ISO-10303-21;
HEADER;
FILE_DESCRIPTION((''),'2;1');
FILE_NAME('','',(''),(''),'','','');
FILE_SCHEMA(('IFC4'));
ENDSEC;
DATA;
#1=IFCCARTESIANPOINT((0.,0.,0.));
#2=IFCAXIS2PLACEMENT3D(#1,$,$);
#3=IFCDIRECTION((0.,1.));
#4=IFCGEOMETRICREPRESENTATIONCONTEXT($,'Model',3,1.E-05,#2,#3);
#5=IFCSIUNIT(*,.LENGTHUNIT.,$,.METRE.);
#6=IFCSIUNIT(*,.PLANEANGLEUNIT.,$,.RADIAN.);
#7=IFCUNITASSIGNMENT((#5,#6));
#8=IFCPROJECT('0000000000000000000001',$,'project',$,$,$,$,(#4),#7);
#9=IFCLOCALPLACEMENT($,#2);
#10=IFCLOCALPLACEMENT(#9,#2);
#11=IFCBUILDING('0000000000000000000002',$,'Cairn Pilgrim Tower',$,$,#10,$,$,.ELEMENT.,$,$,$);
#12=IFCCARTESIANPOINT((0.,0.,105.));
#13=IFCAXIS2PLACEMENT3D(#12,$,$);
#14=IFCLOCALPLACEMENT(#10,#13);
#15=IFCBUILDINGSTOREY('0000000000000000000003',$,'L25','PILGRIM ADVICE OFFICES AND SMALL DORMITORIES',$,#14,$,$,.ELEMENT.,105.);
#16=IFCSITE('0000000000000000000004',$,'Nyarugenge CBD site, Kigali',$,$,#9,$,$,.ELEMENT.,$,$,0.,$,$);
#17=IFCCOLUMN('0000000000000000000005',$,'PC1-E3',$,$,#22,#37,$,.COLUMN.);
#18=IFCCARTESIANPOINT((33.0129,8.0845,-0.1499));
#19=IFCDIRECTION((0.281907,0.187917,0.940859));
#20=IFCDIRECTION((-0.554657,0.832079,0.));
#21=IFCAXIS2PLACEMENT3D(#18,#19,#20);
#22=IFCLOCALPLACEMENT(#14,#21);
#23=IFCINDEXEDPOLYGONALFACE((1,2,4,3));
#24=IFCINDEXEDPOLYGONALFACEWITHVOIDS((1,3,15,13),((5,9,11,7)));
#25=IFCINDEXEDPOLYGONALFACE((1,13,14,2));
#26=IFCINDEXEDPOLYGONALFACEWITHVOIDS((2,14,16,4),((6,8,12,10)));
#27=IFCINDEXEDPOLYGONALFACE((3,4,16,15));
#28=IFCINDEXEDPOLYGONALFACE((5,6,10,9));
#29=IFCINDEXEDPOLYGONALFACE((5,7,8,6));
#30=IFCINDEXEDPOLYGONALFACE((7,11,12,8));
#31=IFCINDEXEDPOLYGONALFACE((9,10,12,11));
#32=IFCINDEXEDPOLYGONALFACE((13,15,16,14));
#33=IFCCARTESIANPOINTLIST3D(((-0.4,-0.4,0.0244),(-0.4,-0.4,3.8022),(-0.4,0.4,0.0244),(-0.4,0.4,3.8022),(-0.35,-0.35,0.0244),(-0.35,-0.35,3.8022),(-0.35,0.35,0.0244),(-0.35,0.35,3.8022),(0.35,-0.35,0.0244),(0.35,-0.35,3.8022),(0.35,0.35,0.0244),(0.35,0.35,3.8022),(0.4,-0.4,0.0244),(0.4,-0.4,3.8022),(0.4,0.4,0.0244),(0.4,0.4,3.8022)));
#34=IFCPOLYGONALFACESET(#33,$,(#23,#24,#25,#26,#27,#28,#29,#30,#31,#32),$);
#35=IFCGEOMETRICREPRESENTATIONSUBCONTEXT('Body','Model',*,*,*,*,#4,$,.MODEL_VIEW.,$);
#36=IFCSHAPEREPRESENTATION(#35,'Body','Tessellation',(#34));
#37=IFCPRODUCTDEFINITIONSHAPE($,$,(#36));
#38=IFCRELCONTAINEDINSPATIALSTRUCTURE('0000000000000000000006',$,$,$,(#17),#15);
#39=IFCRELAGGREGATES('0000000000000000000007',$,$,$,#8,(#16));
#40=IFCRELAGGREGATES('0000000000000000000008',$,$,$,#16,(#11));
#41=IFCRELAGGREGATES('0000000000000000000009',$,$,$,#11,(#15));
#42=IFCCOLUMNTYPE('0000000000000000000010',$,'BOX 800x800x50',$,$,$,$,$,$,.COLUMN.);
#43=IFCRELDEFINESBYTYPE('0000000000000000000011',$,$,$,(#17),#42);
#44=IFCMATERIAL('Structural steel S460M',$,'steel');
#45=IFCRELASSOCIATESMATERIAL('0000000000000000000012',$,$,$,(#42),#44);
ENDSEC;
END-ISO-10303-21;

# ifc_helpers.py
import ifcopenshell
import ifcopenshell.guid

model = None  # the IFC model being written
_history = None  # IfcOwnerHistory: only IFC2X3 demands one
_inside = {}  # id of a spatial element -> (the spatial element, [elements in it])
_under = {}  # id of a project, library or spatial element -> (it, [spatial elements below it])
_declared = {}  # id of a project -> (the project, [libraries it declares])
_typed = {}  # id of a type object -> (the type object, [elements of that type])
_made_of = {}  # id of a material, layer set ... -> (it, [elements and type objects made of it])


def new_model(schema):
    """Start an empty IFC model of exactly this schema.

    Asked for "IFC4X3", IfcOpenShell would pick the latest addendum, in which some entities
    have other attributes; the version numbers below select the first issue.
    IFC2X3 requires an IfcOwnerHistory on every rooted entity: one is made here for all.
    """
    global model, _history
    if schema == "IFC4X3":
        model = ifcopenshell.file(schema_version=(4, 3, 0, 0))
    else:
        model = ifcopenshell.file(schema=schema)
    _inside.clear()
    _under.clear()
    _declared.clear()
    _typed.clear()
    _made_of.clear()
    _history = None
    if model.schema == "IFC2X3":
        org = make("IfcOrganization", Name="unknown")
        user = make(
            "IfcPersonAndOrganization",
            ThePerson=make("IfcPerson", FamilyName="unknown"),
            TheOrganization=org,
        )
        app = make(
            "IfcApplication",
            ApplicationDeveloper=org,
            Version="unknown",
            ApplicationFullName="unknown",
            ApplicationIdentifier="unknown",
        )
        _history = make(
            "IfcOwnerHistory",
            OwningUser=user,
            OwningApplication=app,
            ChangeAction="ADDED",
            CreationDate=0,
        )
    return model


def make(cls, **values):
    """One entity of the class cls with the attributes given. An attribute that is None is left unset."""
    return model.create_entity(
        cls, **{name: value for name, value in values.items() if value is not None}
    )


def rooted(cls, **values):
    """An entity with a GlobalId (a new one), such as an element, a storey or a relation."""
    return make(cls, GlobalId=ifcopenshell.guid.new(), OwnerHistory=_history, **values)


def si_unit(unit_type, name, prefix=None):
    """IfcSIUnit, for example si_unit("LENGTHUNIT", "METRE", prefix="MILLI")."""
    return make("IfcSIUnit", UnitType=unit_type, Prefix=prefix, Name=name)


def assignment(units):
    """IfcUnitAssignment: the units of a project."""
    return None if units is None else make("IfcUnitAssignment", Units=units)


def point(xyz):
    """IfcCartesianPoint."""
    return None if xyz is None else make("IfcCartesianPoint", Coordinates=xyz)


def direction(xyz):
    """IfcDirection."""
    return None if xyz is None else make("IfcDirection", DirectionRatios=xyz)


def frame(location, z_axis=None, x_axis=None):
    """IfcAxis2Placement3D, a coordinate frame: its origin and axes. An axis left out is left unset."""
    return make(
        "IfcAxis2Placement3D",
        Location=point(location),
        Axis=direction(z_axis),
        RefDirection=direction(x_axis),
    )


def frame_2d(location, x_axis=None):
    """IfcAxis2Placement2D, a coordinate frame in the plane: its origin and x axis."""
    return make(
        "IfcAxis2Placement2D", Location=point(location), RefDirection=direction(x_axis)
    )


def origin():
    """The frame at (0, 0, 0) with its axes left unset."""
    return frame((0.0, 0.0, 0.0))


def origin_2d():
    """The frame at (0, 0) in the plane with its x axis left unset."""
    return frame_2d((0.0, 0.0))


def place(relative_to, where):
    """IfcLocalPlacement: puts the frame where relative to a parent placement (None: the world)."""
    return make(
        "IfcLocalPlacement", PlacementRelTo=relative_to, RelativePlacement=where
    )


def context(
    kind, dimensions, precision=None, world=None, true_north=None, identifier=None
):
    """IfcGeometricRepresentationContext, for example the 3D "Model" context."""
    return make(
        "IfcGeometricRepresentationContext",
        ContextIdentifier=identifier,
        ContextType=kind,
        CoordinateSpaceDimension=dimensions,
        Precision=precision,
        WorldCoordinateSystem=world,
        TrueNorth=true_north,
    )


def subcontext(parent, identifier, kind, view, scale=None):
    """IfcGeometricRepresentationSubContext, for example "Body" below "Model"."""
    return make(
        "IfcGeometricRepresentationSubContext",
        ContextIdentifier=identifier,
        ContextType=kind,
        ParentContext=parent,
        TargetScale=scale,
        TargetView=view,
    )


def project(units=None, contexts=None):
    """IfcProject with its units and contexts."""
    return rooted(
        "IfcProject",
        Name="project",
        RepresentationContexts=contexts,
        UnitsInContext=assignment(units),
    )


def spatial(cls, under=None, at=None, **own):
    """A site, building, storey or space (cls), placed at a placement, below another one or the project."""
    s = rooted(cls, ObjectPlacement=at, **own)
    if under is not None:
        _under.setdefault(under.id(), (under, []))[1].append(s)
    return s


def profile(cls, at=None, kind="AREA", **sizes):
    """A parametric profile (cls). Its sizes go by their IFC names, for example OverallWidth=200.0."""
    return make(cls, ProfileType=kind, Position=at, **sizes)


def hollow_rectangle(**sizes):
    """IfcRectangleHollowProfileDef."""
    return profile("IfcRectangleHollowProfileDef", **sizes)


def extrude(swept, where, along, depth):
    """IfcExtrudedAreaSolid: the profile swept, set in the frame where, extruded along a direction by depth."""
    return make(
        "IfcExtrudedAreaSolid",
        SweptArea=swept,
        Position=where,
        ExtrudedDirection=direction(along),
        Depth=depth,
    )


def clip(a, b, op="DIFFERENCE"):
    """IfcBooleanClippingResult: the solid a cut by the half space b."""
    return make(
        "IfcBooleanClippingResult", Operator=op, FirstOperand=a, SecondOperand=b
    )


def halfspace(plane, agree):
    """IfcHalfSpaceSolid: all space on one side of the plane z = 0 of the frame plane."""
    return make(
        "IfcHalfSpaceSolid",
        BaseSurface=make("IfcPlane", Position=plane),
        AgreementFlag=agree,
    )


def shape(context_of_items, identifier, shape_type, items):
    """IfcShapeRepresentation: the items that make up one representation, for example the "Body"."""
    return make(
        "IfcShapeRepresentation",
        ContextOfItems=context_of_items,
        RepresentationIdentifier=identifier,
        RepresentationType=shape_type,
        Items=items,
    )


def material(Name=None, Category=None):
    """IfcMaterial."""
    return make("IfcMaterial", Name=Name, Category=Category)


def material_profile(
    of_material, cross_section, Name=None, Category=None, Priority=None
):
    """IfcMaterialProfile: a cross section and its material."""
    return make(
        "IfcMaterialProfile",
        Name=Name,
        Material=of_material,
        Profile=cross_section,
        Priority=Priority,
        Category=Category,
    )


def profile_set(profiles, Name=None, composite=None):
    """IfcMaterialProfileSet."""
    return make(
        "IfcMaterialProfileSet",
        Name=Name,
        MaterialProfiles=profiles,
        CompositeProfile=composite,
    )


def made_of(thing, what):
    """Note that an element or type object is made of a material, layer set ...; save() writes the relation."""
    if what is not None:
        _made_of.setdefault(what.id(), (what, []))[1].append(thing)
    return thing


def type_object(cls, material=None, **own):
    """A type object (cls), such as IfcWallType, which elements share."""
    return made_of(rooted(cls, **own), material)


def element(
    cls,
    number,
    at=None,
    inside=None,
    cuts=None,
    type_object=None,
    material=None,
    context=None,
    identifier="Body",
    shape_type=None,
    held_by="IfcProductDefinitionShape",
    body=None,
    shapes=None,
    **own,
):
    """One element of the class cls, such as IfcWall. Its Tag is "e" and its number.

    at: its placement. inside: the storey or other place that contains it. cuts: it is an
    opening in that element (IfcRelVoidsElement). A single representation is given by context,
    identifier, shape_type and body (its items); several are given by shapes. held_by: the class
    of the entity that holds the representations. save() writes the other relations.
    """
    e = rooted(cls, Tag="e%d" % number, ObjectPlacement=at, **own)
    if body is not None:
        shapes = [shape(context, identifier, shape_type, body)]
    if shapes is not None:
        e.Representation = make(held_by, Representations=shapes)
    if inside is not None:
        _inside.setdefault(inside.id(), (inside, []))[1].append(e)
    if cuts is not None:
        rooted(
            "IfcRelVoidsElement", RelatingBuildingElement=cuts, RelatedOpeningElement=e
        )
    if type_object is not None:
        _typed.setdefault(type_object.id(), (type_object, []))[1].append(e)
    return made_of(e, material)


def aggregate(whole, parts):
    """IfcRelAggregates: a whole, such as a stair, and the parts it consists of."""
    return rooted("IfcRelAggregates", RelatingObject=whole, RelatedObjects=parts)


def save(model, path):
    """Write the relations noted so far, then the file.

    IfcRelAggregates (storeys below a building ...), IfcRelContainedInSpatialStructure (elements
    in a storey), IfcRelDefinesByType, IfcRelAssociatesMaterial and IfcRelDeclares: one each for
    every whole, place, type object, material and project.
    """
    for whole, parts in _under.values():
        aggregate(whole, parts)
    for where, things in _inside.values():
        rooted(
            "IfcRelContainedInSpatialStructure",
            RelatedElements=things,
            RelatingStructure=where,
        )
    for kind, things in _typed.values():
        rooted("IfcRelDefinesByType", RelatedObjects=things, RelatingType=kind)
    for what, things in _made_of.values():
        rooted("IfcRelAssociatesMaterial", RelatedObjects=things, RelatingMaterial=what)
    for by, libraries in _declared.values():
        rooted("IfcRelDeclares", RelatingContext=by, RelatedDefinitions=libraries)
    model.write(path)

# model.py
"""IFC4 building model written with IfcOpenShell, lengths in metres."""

from ifc_helpers import new_model, si_unit, direction, frame, origin, origin_2d, place, context, subcontext, project, spatial, hollow_rectangle, extrude, clip, halfspace, material, material_profile, profile_set, type_object, element, save


model = new_model("IFC4")

# Units and contexts
model_context = context("Model", 3, precision=1e-05, world=origin(), true_north=direction((0.0, 1.0)))
body_context = subcontext(model_context, "Body", "Model", "MODEL_VIEW")
ifc_project = project(units=[si_unit("LENGTHUNIT", "METRE"), si_unit("PLANEANGLEUNIT", "RADIAN")], contexts=[model_context])

# Site, building, storey
site_placement = place(None, origin())
site = spatial("IfcSite", under=ifc_project, at=site_placement, Name="Nyarugenge CBD site, Kigali", CompositionType="ELEMENT", RefElevation=0.0)
building_placement = place(site_placement, origin())
building = spatial("IfcBuilding", under=site, at=building_placement, Name="Cairn Pilgrim Tower", CompositionType="ELEMENT")
storey_placement = place(building_placement, frame((0.0, 0.0, 105.0)))
storey = spatial("IfcBuildingStorey", under=building, at=storey_placement, Name="L25", Description="PILGRIM ADVICE OFFICES AND SMALL DORMITORIES", CompositionType="ELEMENT", Elevation=105.0)

# Column
ifc_material_1 = material(Name="Structural steel S460M", Category="steel")
ifc_material_profile_1 = material_profile(ifc_material_1, hollow_rectangle(XDim=0.8, YDim=0.8, WallThickness=0.05, at=origin_2d()), Name="BOX 800x800x50")
ifc_profile_set_1 = profile_set([ifc_material_profile_1], Name="Structural steel S460M")
column_type_1 = type_object("IfcColumnType", Name="BOX 800x800x50", PredefinedType="COLUMN", material=ifc_profile_set_1)
column_placement = place(storey_placement, frame((33.0129, 8.0845, -0.1499), z_axis=(0.281907, 0.187917, 0.940859), x_axis=(-0.554657, 0.832079, 0.0)))
element("IfcColumn", 1, at=column_placement, inside=storey, type_object=column_type_1, Name="PC1-E3", PredefinedType="COLUMN", context=body_context, shape_type="Clipping", body=[
    clip(clip(extrude(hollow_rectangle(XDim=0.8, YDim=0.8, WallThickness=0.05, at=origin_2d()), origin(), (0.0, 0.0, 1.0), 3.8262), halfspace(frame((0.0, 0.0, 0.0244), z_axis=(0.0, 0.0, 1.0), x_axis=(1.0, 0.0, 0.0)), True)), halfspace(frame((0.0, 0.0, 3.8022), z_axis=(0.0, 0.0, 1.0), x_axis=(1.0, 0.0, 0.0)), False)),
])

save(model, "model.ifc")
